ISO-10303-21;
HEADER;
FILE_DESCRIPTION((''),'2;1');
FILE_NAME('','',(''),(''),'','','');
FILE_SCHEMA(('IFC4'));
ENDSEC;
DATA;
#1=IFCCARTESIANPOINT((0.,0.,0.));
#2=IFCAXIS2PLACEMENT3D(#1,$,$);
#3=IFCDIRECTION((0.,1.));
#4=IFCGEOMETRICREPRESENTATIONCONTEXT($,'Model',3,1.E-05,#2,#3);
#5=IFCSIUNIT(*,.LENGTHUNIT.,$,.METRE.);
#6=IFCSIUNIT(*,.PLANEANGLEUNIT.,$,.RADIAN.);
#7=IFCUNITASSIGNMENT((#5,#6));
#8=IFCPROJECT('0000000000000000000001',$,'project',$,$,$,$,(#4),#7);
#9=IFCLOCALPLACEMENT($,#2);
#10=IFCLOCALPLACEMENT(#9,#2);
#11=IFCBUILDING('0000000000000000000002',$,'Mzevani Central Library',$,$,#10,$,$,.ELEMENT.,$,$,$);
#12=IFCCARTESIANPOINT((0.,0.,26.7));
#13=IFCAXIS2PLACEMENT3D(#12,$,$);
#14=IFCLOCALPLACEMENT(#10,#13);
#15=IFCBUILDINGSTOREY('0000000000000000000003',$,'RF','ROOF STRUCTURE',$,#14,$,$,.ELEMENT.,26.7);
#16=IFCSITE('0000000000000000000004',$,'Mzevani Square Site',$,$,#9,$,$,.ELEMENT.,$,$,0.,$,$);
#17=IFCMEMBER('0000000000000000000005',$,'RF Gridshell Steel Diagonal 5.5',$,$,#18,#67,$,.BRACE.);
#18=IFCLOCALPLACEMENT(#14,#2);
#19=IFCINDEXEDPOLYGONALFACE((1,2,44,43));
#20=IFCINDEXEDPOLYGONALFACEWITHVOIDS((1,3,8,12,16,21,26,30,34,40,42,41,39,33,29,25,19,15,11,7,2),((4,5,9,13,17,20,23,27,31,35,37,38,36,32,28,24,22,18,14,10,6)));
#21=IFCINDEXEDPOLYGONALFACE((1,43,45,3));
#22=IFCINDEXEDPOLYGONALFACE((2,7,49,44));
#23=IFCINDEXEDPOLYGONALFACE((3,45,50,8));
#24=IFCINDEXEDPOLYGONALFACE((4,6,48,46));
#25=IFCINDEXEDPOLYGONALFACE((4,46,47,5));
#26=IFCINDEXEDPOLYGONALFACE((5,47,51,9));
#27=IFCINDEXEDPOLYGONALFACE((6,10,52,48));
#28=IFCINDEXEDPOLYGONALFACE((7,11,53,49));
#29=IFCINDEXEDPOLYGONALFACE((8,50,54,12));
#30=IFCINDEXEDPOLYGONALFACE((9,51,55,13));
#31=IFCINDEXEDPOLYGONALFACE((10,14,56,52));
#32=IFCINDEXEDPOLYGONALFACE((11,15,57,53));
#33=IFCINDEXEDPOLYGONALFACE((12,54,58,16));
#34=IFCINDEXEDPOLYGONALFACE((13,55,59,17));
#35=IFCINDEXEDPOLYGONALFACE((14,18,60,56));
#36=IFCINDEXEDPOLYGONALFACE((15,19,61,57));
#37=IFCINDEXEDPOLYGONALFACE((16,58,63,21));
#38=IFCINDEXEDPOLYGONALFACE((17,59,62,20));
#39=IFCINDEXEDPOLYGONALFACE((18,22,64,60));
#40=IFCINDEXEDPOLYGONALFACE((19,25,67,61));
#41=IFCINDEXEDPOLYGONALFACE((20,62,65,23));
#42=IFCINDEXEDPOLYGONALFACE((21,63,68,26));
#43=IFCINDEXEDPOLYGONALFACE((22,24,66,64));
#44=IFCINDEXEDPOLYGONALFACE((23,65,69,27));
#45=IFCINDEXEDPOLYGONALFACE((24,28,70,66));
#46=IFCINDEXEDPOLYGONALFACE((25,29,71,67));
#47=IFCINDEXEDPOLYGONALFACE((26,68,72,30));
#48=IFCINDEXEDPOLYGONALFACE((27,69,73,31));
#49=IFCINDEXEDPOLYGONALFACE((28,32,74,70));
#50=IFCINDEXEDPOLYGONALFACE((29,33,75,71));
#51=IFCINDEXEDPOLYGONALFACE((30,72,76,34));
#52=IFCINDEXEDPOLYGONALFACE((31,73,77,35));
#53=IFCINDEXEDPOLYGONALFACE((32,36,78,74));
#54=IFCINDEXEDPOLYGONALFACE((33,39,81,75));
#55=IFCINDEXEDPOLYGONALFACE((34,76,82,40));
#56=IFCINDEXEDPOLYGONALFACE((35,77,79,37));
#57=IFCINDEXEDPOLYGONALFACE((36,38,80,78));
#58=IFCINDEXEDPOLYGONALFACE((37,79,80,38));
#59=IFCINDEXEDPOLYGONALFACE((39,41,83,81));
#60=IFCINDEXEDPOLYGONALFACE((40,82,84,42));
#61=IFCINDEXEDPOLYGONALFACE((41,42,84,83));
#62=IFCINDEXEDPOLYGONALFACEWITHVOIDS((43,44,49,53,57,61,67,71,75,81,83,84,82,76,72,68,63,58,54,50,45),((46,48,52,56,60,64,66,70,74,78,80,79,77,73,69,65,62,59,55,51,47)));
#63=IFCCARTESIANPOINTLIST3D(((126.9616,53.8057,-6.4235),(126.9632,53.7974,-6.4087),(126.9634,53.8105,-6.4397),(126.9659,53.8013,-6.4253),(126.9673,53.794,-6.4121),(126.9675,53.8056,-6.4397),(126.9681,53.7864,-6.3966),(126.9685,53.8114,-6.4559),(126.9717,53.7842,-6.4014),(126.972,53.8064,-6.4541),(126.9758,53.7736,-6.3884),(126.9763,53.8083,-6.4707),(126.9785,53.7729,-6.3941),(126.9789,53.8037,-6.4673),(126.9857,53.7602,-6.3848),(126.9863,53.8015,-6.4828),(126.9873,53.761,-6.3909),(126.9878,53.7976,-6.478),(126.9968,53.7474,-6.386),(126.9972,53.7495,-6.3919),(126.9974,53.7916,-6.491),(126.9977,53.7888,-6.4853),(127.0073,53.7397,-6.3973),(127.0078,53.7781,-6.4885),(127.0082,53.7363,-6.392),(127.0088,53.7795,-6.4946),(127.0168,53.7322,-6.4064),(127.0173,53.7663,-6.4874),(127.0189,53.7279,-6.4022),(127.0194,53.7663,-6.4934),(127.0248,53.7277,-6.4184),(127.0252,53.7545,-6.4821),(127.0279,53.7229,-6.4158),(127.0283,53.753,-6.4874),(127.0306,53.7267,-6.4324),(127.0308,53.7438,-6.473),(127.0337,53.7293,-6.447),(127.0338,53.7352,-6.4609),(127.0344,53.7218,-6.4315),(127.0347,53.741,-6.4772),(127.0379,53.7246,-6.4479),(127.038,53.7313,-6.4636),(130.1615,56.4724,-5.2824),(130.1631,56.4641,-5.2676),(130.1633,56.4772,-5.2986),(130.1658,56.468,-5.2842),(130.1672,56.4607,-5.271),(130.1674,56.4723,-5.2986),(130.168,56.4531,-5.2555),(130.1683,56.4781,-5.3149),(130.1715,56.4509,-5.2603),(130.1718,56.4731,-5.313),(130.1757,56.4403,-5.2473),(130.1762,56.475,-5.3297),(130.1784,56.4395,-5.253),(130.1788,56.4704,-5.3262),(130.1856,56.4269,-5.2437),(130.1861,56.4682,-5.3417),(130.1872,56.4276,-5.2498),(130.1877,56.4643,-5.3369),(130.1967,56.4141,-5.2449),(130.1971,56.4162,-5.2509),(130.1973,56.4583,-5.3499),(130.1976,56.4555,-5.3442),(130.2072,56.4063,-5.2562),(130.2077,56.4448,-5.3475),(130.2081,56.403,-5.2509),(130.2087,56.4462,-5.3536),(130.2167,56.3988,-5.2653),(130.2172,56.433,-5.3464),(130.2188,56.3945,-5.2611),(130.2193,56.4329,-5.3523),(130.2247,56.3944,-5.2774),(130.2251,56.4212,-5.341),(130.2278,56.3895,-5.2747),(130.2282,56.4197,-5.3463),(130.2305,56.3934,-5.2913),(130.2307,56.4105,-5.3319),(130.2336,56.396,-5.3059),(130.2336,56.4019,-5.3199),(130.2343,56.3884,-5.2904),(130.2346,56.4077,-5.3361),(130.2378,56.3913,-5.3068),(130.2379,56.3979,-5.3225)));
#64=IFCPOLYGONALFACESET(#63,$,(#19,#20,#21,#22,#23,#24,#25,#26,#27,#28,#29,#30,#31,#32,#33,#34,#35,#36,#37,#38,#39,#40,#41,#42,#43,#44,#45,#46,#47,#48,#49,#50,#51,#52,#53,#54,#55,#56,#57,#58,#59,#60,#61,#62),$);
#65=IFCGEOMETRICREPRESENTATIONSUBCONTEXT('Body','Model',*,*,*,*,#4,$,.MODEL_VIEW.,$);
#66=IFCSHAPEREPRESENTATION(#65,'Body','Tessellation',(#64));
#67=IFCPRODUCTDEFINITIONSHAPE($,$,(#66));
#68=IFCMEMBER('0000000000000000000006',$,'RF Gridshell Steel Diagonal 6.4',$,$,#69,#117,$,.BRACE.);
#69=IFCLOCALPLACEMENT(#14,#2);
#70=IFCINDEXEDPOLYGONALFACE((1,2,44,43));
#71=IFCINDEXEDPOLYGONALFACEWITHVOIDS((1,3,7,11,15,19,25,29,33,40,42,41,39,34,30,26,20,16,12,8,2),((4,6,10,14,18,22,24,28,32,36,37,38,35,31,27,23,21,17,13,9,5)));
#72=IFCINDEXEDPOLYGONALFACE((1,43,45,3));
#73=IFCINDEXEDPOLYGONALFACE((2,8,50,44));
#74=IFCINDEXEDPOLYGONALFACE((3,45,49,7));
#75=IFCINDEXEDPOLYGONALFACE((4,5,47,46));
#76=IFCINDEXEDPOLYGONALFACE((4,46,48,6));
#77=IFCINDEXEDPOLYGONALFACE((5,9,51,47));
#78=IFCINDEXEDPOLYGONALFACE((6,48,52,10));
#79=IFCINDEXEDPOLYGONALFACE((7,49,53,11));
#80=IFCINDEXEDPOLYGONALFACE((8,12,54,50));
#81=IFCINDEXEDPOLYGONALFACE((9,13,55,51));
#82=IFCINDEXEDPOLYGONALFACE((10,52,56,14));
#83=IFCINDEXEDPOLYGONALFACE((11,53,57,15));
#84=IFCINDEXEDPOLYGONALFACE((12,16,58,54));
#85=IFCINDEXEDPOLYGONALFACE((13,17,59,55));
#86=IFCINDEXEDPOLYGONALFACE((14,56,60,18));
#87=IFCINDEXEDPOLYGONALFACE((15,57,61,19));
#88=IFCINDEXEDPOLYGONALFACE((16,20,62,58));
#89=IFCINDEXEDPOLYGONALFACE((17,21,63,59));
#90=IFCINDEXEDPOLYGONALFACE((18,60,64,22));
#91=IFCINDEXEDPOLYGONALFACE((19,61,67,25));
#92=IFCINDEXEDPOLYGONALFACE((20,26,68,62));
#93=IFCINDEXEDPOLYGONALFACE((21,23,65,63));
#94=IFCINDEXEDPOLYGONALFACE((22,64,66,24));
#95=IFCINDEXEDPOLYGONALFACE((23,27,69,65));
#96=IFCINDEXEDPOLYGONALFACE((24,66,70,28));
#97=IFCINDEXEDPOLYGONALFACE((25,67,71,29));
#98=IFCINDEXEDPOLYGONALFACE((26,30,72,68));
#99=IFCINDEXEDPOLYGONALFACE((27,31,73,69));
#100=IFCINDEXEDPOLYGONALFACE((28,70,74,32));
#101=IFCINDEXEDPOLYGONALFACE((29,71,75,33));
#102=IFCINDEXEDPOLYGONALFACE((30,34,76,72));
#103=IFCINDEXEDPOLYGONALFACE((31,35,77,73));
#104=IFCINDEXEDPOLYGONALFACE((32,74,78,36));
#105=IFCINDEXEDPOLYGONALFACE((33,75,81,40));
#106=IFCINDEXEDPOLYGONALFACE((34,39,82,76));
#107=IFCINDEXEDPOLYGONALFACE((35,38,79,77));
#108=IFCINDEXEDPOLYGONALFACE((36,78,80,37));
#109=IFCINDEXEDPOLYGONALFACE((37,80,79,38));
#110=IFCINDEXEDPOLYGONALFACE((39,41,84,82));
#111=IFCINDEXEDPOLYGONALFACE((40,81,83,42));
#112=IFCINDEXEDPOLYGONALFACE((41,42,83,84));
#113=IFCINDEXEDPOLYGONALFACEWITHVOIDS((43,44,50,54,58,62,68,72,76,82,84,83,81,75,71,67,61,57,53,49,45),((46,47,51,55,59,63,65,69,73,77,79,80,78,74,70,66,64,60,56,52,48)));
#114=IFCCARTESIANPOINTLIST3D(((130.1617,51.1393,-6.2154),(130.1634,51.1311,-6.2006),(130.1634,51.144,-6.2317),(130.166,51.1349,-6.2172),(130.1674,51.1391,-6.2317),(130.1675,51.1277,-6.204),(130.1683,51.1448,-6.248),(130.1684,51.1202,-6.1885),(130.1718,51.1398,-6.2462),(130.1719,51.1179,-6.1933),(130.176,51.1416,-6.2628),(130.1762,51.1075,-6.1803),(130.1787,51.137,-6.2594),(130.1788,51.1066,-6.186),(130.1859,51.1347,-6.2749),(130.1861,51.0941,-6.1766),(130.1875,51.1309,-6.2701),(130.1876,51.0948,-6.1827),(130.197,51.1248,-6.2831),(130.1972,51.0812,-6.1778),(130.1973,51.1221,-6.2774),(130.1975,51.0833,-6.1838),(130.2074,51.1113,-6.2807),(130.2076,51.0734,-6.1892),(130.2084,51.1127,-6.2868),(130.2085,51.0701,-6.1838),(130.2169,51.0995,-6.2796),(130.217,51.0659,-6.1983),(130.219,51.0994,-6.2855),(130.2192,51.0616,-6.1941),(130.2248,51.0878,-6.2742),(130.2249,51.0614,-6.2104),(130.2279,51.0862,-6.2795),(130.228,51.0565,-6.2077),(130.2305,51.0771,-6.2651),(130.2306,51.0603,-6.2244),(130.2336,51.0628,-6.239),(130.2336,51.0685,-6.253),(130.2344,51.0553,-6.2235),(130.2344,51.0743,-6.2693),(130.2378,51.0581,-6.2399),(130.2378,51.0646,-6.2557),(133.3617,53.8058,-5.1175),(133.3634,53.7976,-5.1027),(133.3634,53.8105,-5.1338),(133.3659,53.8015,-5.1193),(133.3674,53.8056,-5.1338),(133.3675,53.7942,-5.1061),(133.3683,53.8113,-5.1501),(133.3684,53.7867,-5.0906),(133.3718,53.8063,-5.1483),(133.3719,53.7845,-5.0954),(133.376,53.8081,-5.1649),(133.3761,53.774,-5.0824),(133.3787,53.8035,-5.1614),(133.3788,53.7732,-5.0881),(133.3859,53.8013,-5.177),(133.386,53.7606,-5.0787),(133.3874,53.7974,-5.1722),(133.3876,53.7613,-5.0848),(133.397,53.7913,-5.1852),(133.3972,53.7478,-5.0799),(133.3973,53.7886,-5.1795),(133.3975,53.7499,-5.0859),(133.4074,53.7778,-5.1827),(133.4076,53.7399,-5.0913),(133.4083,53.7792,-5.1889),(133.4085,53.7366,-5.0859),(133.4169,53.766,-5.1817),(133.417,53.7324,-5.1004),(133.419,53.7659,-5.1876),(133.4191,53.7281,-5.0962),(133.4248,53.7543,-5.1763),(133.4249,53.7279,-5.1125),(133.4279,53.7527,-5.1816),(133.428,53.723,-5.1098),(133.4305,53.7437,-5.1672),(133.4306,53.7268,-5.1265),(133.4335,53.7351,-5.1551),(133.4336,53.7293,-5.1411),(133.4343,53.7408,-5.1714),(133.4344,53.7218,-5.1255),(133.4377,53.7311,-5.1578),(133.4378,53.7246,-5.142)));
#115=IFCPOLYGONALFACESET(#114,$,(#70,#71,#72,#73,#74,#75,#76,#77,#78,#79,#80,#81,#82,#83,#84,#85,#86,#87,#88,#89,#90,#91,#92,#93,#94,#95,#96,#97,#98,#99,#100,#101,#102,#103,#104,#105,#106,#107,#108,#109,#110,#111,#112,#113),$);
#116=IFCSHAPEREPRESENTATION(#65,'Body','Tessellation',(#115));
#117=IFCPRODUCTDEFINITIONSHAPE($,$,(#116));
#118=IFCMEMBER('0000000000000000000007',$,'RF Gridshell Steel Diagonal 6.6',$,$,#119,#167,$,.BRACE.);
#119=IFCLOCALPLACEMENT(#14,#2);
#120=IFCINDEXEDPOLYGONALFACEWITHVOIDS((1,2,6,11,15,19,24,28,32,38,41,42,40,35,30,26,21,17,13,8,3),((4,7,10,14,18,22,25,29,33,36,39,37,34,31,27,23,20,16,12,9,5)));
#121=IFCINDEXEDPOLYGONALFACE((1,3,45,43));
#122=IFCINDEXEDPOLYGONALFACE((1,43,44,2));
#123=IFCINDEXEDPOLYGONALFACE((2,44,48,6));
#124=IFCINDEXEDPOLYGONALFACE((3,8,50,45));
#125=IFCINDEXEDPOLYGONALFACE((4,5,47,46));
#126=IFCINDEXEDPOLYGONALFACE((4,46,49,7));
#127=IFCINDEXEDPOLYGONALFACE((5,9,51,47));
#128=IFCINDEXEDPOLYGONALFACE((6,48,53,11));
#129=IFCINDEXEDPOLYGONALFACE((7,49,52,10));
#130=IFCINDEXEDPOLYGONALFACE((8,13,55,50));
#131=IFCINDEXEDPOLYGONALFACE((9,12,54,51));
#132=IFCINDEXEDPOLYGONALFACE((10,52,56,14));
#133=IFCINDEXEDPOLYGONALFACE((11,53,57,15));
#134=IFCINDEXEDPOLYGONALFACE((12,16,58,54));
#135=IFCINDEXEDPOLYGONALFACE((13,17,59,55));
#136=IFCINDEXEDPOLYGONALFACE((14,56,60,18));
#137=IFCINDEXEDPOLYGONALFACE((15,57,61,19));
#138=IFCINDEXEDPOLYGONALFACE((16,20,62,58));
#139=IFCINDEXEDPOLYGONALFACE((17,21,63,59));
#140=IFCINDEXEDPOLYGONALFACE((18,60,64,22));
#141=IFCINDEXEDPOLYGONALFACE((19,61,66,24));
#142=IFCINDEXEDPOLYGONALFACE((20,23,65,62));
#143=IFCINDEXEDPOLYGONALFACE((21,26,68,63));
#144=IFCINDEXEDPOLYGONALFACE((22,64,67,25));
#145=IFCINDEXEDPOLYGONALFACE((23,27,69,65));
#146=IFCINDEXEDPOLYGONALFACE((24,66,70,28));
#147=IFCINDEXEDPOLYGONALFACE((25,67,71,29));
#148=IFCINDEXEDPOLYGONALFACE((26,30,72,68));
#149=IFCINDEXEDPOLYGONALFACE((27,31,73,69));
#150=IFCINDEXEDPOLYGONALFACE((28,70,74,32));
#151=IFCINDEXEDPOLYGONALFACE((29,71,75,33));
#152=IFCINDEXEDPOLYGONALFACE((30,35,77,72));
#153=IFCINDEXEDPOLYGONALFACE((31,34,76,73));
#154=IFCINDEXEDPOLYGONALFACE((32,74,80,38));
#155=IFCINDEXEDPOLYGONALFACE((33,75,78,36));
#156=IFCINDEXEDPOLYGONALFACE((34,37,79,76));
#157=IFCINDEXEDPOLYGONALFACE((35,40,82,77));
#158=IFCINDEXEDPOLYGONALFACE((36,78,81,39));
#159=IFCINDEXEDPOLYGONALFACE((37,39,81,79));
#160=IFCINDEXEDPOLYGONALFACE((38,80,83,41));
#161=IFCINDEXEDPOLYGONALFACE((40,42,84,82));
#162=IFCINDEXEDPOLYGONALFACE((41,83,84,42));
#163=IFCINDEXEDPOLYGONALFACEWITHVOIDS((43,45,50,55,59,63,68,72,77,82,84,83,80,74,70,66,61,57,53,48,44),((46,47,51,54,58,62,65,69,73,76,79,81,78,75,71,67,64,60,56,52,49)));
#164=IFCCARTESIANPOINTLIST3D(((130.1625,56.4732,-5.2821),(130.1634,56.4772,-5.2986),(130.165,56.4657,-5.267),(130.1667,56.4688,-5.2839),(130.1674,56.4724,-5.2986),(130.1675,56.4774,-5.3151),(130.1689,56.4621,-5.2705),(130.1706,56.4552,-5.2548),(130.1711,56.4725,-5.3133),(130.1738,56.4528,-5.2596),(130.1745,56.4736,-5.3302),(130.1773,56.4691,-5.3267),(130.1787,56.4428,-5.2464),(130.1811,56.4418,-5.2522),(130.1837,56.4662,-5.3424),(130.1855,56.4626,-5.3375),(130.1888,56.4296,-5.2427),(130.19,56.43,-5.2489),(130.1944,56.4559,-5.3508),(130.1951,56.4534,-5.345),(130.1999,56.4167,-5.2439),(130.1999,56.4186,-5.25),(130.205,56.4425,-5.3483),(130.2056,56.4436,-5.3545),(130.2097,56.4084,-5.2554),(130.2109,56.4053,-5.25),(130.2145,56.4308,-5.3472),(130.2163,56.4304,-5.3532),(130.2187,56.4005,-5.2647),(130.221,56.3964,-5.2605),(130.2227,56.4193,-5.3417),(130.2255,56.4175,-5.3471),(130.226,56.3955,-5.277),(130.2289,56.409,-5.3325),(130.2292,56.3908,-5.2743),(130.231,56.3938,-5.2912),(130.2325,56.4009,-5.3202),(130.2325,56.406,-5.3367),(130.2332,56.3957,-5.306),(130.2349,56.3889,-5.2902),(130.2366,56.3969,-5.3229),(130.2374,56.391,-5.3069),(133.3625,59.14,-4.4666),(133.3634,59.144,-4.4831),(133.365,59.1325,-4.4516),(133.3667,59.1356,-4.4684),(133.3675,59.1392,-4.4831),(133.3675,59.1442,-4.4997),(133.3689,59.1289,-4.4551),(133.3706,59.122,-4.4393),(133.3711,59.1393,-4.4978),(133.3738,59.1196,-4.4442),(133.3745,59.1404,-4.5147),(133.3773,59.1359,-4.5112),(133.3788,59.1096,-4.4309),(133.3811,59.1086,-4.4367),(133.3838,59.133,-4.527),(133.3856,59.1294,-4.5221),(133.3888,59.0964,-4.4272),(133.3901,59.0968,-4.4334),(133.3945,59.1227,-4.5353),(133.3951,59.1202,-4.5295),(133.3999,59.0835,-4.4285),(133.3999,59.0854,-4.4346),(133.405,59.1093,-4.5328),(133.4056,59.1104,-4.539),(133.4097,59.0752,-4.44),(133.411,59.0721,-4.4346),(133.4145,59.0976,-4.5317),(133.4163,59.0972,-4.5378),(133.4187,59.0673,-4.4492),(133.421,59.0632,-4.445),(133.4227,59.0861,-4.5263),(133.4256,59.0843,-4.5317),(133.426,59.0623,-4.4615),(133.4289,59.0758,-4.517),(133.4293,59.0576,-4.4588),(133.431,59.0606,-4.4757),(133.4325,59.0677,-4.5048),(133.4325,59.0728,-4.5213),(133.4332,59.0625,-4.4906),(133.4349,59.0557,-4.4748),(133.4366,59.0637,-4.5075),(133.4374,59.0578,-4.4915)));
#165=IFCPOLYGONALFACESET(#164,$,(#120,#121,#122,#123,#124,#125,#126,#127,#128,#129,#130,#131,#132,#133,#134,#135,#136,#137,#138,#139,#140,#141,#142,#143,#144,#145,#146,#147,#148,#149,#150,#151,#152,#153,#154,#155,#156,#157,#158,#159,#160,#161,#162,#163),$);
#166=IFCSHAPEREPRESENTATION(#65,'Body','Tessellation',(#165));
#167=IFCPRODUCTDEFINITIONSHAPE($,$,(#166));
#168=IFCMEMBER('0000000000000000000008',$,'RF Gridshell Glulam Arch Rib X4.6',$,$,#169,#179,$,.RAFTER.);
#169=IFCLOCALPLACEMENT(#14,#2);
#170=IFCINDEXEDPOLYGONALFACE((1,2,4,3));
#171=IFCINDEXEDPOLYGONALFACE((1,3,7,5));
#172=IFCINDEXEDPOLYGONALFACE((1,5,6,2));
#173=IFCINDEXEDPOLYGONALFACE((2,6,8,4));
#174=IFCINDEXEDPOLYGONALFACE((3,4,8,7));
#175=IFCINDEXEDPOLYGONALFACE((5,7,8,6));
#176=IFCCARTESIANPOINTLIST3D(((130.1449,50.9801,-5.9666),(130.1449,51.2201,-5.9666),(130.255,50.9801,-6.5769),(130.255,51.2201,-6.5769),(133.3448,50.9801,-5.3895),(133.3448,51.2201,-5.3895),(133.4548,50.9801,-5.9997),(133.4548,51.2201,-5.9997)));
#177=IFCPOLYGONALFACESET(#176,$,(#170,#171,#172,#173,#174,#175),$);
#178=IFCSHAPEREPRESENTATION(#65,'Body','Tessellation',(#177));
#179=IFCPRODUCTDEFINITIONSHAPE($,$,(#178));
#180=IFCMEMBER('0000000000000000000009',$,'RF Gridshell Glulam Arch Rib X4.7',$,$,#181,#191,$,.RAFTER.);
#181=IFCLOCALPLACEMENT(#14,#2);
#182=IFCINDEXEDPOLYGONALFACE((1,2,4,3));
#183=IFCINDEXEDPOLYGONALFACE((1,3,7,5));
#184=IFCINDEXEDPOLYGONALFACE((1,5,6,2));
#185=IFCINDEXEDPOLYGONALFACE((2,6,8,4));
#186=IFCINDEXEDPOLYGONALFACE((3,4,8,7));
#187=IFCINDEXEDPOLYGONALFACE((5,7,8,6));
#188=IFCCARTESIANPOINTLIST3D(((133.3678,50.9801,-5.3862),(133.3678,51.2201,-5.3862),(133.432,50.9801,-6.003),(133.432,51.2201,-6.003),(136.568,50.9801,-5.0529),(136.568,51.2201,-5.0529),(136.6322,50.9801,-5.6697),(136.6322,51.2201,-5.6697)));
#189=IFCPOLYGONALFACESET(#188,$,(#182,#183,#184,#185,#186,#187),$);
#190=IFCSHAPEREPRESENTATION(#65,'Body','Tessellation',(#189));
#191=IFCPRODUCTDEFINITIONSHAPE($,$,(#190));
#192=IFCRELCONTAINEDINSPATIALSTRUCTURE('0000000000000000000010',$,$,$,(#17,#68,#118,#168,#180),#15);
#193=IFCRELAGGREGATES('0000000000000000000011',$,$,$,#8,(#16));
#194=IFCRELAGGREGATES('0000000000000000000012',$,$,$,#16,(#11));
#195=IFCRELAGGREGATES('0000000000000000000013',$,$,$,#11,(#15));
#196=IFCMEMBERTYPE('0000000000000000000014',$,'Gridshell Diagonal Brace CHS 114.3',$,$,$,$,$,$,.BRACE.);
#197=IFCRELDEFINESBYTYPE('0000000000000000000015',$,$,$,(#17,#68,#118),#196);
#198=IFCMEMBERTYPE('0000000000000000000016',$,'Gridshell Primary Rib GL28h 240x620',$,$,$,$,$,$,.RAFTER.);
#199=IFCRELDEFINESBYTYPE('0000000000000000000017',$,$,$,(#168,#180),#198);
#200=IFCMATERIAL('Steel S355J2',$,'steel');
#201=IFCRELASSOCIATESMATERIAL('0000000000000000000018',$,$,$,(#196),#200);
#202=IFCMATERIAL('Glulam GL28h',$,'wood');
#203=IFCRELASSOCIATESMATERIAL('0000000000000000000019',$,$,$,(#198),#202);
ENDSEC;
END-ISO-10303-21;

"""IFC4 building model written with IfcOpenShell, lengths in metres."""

from ifc_helpers import new_model, si_unit, direction, frame, origin, origin_2d, place, context, subcontext, project, spatial, rectangle, hollow_circle, extrude, material, material_profile, profile_set, type_object, element, save


model = new_model("IFC4")

# Units and contexts
model_context = context("Model", 3, precision=1e-05, world=origin(), true_north=direction((0.0, 1.0)))
body_context = subcontext(model_context, "Body", "Model", "MODEL_VIEW")
ifc_project = project(units=[si_unit("LENGTHUNIT", "METRE"), si_unit("PLANEANGLEUNIT", "RADIAN")], contexts=[model_context])

# Site, building, storey
site_placement = place(None, origin())
site = spatial("IfcSite", under=ifc_project, at=site_placement, Name="Mzevani Square Site", CompositionType="ELEMENT", RefElevation=0.0)
building_placement = place(site_placement, origin())
building = spatial("IfcBuilding", under=site, at=building_placement, Name="Mzevani Central Library", CompositionType="ELEMENT")
storey_placement = place(building_placement, frame((0.0, 0.0, 26.7)))
storey = spatial("IfcBuildingStorey", under=building, at=storey_placement, Name="RF", Description="ROOF STRUCTURE", CompositionType="ELEMENT", Elevation=26.7)

# Members
ifc_material_1 = material(Name="Steel S355J2", Category="steel")
ifc_material_profile_1 = material_profile(ifc_material_1, hollow_circle(Radius=0.0571, WallThickness=0.0063, at=origin_2d()), Name="CHS 114.3x6.3")
ifc_profile_set_1 = profile_set([ifc_material_profile_1], Name="Steel S355J2")
member_type_1 = type_object("IfcMemberType", Name="Gridshell Diagonal Brace CHS 114.3", PredefinedType="BRACE", material=ifc_profile_set_1)
member_1_placement = place(storey_placement, frame((127.0, 53.7666, -6.4397), z_axis=(0.740909, 0.617452, 0.264211), x_axis=(-0.640202, 0.768207, 0.0)))
element("IfcMember", 1, at=member_1_placement, inside=storey, type_object=member_type_1, Name="RF Gridshell Steel Diagonal 5.5", PredefinedType="BRACE", context=body_context, shape_type="SweptSolid", body=[
    extrude(hollow_circle(Radius=0.0571, WallThickness=0.0063, at=origin_2d()), origin(), (0.0, 0.0, 1.0), 4.3188),
])
member_2_placement = place(storey_placement, frame((130.2, 51.1001, -6.2317), z_axis=(0.742864, 0.619025, 0.254876), x_axis=(-0.640167, 0.768236, 0.0)))
element("IfcMember", 2, at=member_2_placement, inside=storey, type_object=member_type_1, Name="RF Gridshell Steel Diagonal 6.4", PredefinedType="BRACE", context=body_context, shape_type="SweptSolid", body=[
    extrude(hollow_circle(Radius=0.0571, WallThickness=0.0063, at=origin_2d()), origin(), (0.0, 0.0, 1.0), 4.3076),
])
member_3_placement = place(storey_placement, frame((130.2, 56.4333, -5.2986), z_axis=(0.753897, 0.628277, 0.192112), x_axis=(-0.640202, 0.768207, 0.0)))
element("IfcMember", 3, at=member_3_placement, inside=storey, type_object=member_type_1, Name="RF Gridshell Steel Diagonal 6.6", PredefinedType="BRACE", context=body_context, shape_type="SweptSolid", body=[
    extrude(hollow_circle(Radius=0.0571, WallThickness=0.0063, at=origin_2d()), origin(), (0.0, 0.0, 1.0), 4.2446),
])
ifc_material_2 = material(Name="Glulam GL28h", Category="wood")
ifc_material_profile_2 = material_profile(ifc_material_2, rectangle(XDim=0.24, YDim=0.6201, at=origin_2d()), Name="GL28h 240x620")
ifc_profile_set_2 = profile_set([ifc_material_profile_2], Name="Glulam GL28h")
member_type_2 = type_object("IfcMemberType", Name="Gridshell Primary Rib GL28h 240x620", PredefinedType="RAFTER", material=ifc_profile_set_2)
member_4_placement = place(storey_placement, frame((130.2, 51.1001, -6.2717), z_axis=(0.984121, 0.0, 0.177498), x_axis=(0.0, 1.0, 0.0)))
element("IfcMember", 4, at=member_4_placement, inside=storey, type_object=member_type_2, Name="RF Gridshell Glulam Arch Rib X4.6", PredefinedType="RAFTER", context=body_context, shape_type="SweptSolid", body=[
    extrude(rectangle(XDim=0.24, YDim=0.6201, at=origin_2d()), origin(), (0.0, 0.0, 1.0), 3.2515),
])
member_5_placement = place(storey_placement, frame((133.3999, 51.1001, -5.6946), z_axis=(0.994622, 0.0, 0.103575), x_axis=(0.0, 1.0, 0.0)))
element("IfcMember", 5, at=member_5_placement, inside=storey, type_object=member_type_2, Name="RF Gridshell Glulam Arch Rib X4.7", PredefinedType="RAFTER", context=body_context, shape_type="SweptSolid", body=[
    extrude(rectangle(XDim=0.24, YDim=0.6201, at=origin_2d()), origin(), (0.0, 0.0, 1.0), 3.2175),
])

save(model, "model.ifc")
